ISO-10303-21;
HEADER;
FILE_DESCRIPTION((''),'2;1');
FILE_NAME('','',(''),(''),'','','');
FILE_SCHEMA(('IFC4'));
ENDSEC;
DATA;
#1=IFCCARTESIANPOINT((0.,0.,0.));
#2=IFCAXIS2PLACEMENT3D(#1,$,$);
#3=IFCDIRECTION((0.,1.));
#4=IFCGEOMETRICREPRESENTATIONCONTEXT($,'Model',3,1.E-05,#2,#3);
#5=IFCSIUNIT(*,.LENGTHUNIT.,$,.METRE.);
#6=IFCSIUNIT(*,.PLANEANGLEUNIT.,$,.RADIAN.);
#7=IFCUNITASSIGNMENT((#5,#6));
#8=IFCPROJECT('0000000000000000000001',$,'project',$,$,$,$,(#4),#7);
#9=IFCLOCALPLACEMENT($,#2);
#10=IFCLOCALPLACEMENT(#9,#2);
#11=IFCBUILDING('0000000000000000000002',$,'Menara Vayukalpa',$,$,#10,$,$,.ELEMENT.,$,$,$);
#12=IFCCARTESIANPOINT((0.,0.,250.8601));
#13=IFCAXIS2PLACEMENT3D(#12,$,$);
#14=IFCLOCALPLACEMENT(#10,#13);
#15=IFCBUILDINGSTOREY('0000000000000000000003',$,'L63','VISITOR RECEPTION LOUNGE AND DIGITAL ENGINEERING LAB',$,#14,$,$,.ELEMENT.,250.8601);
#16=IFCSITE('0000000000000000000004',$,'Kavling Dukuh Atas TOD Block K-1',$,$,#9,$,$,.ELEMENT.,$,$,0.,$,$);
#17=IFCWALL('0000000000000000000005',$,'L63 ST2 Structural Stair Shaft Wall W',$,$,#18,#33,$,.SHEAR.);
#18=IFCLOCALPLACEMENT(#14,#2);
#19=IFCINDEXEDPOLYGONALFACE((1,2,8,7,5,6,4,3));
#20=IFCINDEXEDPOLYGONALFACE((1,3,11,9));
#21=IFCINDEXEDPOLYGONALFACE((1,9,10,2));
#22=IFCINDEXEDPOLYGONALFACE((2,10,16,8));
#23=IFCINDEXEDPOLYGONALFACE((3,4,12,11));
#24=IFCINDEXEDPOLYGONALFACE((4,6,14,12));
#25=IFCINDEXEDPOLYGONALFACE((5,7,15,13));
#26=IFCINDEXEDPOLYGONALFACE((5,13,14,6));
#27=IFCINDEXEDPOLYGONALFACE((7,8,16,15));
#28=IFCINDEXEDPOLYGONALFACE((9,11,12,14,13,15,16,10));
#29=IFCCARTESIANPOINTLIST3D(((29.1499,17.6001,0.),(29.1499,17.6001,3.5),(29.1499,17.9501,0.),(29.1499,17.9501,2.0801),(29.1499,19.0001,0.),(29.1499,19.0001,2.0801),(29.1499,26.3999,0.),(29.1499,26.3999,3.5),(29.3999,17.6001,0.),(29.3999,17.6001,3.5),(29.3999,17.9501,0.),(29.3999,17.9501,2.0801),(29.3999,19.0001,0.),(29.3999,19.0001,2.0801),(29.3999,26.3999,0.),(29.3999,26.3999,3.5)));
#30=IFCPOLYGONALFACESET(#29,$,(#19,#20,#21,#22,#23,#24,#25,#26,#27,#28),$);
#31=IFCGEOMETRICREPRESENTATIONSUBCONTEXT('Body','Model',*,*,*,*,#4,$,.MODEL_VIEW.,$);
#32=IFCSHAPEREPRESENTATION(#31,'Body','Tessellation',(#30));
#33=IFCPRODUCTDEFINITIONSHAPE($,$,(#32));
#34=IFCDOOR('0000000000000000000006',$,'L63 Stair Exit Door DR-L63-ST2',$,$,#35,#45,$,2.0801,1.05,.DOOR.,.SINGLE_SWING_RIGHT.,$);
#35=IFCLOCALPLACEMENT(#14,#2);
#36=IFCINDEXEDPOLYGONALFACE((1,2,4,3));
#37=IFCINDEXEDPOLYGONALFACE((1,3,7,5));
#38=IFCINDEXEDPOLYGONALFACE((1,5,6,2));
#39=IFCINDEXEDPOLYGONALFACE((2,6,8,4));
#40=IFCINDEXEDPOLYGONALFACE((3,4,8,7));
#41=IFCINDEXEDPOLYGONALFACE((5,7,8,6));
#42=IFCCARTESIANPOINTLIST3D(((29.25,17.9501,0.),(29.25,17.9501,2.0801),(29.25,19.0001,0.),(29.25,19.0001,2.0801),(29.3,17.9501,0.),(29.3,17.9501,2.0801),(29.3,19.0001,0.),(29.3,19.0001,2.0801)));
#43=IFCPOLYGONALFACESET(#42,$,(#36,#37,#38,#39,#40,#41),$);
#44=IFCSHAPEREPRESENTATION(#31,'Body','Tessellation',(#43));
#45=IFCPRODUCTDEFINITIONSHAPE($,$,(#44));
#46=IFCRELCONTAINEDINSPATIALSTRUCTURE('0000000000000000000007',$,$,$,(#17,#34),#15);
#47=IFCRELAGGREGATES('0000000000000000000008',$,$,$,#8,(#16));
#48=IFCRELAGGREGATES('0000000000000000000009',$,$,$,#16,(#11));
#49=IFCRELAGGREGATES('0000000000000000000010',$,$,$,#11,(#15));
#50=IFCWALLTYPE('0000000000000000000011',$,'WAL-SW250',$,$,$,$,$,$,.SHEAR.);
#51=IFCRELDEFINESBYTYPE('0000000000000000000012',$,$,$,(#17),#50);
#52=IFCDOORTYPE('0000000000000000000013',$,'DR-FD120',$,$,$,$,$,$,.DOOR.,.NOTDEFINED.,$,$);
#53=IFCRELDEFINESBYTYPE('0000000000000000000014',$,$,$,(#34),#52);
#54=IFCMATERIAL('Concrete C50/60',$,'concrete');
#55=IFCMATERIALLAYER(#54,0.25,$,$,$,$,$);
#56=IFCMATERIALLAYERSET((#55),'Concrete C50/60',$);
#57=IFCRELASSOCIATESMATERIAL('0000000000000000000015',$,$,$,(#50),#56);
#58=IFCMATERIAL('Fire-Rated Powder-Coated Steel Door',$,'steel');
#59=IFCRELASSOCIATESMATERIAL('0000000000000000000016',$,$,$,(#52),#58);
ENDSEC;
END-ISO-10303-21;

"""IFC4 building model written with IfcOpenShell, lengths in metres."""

from ifc_helpers import new_model, si_unit, direction, frame, frame_2d, origin, place, context, subcontext, project, spatial, rectangle, extrude, material, layer, layer_set, type_object, element, fill, save


model = new_model("IFC4")

# Units and contexts
model_context = context("Model", 3, precision=1e-05, world=origin(), true_north=direction((0.0, 1.0)))
body_context = subcontext(model_context, "Body", "Model", "MODEL_VIEW")
ifc_project = project(units=[si_unit("LENGTHUNIT", "METRE"), si_unit("PLANEANGLEUNIT", "RADIAN")], contexts=[model_context])

# Site, building, storey
site_placement = place(None, origin())
site = spatial("IfcSite", under=ifc_project, at=site_placement, Name="Kavling Dukuh Atas TOD Block K-1", CompositionType="ELEMENT", RefElevation=0.0)
building_placement = place(site_placement, origin())
building = spatial("IfcBuilding", under=site, at=building_placement, Name="Menara Vayukalpa", CompositionType="ELEMENT")
storey_placement = place(building_placement, frame((0.0, 0.0, 250.8601)))
storey = spatial("IfcBuildingStorey", under=building, at=storey_placement, Name="L63", Description="VISITOR RECEPTION LOUNGE AND DIGITAL ENGINEERING LAB", CompositionType="ELEMENT", Elevation=250.8601)

# Wall, opening, door
ifc_material_1 = material(Name="Concrete C50/60", Category="concrete")
ifc_layer_1 = layer(ifc_material_1, 0.25)
ifc_layer_set_1 = layer_set([ifc_layer_1], Name="Concrete C50/60")
wall_type_1 = type_object("IfcWallType", Name="WAL-SW250", PredefinedType="SHEAR", material=ifc_layer_set_1)
wall_1_placement = place(storey_placement, frame((29.2749, 17.6001, 0.0), z_axis=(0.0, 0.0, 1.0), x_axis=(0.0, 1.0, 0.0)))
wall_1 = element("IfcWall", 1, at=wall_1_placement, inside=storey, type_object=wall_type_1, Name="L63 ST2 Structural Stair Shaft Wall W", PredefinedType="SHEAR", context=body_context, shape_type="SweptSolid", body=[
    extrude(rectangle(XDim=8.7998, YDim=0.25, at=frame_2d((4.3999, 0.0))), origin(), (0.0, 0.0, 1.0), 3.5),
])
opening_1_placement = place(wall_1_placement, frame((0.3501, 0.0, 0.0)))
opening_1 = element("IfcOpeningElement", 2, at=opening_1_placement, cuts=wall_1, PredefinedType="OPENING", context=body_context, shape_type="SweptSolid", body=[
    extrude(rectangle(XDim=1.05, YDim=2.0801, at=frame_2d((0.5249, 1.04))), frame((0.0, 0.135, 0.0), z_axis=(0.0, -1.0, 0.0), x_axis=(1.0, 0.0, 0.0)), (0.0, 0.0, 1.0), 0.27),
])
ifc_material_2 = material(Name="Fire-Rated Powder-Coated Steel Door", Category="steel")
door_type_1 = type_object("IfcDoorType", Name="DR-FD120", OperationType="NOTDEFINED", PredefinedType="DOOR", material=ifc_material_2)
door_1_placement = place(opening_1_placement, origin())
door_1 = element("IfcDoor", 3, at=door_1_placement, inside=storey, type_object=door_type_1, Name="L63 Stair Exit Door DR-L63-ST2", OperationType="SINGLE_SWING_RIGHT", OverallHeight=2.0801, OverallWidth=1.05, PredefinedType="DOOR", context=body_context, shape_type="SweptSolid", body=[
    extrude(rectangle(XDim=1.05, YDim=2.0801, at=frame_2d((0.5249, 1.04))), frame((0.0, 0.0249, 0.0), z_axis=(0.0, -1.0, 0.0), x_axis=(1.0, 0.0, 0.0)), (0.0, 0.0, 1.0), 0.05),
])
fill(opening_1, door_1)

save(model, "model.ifc")
